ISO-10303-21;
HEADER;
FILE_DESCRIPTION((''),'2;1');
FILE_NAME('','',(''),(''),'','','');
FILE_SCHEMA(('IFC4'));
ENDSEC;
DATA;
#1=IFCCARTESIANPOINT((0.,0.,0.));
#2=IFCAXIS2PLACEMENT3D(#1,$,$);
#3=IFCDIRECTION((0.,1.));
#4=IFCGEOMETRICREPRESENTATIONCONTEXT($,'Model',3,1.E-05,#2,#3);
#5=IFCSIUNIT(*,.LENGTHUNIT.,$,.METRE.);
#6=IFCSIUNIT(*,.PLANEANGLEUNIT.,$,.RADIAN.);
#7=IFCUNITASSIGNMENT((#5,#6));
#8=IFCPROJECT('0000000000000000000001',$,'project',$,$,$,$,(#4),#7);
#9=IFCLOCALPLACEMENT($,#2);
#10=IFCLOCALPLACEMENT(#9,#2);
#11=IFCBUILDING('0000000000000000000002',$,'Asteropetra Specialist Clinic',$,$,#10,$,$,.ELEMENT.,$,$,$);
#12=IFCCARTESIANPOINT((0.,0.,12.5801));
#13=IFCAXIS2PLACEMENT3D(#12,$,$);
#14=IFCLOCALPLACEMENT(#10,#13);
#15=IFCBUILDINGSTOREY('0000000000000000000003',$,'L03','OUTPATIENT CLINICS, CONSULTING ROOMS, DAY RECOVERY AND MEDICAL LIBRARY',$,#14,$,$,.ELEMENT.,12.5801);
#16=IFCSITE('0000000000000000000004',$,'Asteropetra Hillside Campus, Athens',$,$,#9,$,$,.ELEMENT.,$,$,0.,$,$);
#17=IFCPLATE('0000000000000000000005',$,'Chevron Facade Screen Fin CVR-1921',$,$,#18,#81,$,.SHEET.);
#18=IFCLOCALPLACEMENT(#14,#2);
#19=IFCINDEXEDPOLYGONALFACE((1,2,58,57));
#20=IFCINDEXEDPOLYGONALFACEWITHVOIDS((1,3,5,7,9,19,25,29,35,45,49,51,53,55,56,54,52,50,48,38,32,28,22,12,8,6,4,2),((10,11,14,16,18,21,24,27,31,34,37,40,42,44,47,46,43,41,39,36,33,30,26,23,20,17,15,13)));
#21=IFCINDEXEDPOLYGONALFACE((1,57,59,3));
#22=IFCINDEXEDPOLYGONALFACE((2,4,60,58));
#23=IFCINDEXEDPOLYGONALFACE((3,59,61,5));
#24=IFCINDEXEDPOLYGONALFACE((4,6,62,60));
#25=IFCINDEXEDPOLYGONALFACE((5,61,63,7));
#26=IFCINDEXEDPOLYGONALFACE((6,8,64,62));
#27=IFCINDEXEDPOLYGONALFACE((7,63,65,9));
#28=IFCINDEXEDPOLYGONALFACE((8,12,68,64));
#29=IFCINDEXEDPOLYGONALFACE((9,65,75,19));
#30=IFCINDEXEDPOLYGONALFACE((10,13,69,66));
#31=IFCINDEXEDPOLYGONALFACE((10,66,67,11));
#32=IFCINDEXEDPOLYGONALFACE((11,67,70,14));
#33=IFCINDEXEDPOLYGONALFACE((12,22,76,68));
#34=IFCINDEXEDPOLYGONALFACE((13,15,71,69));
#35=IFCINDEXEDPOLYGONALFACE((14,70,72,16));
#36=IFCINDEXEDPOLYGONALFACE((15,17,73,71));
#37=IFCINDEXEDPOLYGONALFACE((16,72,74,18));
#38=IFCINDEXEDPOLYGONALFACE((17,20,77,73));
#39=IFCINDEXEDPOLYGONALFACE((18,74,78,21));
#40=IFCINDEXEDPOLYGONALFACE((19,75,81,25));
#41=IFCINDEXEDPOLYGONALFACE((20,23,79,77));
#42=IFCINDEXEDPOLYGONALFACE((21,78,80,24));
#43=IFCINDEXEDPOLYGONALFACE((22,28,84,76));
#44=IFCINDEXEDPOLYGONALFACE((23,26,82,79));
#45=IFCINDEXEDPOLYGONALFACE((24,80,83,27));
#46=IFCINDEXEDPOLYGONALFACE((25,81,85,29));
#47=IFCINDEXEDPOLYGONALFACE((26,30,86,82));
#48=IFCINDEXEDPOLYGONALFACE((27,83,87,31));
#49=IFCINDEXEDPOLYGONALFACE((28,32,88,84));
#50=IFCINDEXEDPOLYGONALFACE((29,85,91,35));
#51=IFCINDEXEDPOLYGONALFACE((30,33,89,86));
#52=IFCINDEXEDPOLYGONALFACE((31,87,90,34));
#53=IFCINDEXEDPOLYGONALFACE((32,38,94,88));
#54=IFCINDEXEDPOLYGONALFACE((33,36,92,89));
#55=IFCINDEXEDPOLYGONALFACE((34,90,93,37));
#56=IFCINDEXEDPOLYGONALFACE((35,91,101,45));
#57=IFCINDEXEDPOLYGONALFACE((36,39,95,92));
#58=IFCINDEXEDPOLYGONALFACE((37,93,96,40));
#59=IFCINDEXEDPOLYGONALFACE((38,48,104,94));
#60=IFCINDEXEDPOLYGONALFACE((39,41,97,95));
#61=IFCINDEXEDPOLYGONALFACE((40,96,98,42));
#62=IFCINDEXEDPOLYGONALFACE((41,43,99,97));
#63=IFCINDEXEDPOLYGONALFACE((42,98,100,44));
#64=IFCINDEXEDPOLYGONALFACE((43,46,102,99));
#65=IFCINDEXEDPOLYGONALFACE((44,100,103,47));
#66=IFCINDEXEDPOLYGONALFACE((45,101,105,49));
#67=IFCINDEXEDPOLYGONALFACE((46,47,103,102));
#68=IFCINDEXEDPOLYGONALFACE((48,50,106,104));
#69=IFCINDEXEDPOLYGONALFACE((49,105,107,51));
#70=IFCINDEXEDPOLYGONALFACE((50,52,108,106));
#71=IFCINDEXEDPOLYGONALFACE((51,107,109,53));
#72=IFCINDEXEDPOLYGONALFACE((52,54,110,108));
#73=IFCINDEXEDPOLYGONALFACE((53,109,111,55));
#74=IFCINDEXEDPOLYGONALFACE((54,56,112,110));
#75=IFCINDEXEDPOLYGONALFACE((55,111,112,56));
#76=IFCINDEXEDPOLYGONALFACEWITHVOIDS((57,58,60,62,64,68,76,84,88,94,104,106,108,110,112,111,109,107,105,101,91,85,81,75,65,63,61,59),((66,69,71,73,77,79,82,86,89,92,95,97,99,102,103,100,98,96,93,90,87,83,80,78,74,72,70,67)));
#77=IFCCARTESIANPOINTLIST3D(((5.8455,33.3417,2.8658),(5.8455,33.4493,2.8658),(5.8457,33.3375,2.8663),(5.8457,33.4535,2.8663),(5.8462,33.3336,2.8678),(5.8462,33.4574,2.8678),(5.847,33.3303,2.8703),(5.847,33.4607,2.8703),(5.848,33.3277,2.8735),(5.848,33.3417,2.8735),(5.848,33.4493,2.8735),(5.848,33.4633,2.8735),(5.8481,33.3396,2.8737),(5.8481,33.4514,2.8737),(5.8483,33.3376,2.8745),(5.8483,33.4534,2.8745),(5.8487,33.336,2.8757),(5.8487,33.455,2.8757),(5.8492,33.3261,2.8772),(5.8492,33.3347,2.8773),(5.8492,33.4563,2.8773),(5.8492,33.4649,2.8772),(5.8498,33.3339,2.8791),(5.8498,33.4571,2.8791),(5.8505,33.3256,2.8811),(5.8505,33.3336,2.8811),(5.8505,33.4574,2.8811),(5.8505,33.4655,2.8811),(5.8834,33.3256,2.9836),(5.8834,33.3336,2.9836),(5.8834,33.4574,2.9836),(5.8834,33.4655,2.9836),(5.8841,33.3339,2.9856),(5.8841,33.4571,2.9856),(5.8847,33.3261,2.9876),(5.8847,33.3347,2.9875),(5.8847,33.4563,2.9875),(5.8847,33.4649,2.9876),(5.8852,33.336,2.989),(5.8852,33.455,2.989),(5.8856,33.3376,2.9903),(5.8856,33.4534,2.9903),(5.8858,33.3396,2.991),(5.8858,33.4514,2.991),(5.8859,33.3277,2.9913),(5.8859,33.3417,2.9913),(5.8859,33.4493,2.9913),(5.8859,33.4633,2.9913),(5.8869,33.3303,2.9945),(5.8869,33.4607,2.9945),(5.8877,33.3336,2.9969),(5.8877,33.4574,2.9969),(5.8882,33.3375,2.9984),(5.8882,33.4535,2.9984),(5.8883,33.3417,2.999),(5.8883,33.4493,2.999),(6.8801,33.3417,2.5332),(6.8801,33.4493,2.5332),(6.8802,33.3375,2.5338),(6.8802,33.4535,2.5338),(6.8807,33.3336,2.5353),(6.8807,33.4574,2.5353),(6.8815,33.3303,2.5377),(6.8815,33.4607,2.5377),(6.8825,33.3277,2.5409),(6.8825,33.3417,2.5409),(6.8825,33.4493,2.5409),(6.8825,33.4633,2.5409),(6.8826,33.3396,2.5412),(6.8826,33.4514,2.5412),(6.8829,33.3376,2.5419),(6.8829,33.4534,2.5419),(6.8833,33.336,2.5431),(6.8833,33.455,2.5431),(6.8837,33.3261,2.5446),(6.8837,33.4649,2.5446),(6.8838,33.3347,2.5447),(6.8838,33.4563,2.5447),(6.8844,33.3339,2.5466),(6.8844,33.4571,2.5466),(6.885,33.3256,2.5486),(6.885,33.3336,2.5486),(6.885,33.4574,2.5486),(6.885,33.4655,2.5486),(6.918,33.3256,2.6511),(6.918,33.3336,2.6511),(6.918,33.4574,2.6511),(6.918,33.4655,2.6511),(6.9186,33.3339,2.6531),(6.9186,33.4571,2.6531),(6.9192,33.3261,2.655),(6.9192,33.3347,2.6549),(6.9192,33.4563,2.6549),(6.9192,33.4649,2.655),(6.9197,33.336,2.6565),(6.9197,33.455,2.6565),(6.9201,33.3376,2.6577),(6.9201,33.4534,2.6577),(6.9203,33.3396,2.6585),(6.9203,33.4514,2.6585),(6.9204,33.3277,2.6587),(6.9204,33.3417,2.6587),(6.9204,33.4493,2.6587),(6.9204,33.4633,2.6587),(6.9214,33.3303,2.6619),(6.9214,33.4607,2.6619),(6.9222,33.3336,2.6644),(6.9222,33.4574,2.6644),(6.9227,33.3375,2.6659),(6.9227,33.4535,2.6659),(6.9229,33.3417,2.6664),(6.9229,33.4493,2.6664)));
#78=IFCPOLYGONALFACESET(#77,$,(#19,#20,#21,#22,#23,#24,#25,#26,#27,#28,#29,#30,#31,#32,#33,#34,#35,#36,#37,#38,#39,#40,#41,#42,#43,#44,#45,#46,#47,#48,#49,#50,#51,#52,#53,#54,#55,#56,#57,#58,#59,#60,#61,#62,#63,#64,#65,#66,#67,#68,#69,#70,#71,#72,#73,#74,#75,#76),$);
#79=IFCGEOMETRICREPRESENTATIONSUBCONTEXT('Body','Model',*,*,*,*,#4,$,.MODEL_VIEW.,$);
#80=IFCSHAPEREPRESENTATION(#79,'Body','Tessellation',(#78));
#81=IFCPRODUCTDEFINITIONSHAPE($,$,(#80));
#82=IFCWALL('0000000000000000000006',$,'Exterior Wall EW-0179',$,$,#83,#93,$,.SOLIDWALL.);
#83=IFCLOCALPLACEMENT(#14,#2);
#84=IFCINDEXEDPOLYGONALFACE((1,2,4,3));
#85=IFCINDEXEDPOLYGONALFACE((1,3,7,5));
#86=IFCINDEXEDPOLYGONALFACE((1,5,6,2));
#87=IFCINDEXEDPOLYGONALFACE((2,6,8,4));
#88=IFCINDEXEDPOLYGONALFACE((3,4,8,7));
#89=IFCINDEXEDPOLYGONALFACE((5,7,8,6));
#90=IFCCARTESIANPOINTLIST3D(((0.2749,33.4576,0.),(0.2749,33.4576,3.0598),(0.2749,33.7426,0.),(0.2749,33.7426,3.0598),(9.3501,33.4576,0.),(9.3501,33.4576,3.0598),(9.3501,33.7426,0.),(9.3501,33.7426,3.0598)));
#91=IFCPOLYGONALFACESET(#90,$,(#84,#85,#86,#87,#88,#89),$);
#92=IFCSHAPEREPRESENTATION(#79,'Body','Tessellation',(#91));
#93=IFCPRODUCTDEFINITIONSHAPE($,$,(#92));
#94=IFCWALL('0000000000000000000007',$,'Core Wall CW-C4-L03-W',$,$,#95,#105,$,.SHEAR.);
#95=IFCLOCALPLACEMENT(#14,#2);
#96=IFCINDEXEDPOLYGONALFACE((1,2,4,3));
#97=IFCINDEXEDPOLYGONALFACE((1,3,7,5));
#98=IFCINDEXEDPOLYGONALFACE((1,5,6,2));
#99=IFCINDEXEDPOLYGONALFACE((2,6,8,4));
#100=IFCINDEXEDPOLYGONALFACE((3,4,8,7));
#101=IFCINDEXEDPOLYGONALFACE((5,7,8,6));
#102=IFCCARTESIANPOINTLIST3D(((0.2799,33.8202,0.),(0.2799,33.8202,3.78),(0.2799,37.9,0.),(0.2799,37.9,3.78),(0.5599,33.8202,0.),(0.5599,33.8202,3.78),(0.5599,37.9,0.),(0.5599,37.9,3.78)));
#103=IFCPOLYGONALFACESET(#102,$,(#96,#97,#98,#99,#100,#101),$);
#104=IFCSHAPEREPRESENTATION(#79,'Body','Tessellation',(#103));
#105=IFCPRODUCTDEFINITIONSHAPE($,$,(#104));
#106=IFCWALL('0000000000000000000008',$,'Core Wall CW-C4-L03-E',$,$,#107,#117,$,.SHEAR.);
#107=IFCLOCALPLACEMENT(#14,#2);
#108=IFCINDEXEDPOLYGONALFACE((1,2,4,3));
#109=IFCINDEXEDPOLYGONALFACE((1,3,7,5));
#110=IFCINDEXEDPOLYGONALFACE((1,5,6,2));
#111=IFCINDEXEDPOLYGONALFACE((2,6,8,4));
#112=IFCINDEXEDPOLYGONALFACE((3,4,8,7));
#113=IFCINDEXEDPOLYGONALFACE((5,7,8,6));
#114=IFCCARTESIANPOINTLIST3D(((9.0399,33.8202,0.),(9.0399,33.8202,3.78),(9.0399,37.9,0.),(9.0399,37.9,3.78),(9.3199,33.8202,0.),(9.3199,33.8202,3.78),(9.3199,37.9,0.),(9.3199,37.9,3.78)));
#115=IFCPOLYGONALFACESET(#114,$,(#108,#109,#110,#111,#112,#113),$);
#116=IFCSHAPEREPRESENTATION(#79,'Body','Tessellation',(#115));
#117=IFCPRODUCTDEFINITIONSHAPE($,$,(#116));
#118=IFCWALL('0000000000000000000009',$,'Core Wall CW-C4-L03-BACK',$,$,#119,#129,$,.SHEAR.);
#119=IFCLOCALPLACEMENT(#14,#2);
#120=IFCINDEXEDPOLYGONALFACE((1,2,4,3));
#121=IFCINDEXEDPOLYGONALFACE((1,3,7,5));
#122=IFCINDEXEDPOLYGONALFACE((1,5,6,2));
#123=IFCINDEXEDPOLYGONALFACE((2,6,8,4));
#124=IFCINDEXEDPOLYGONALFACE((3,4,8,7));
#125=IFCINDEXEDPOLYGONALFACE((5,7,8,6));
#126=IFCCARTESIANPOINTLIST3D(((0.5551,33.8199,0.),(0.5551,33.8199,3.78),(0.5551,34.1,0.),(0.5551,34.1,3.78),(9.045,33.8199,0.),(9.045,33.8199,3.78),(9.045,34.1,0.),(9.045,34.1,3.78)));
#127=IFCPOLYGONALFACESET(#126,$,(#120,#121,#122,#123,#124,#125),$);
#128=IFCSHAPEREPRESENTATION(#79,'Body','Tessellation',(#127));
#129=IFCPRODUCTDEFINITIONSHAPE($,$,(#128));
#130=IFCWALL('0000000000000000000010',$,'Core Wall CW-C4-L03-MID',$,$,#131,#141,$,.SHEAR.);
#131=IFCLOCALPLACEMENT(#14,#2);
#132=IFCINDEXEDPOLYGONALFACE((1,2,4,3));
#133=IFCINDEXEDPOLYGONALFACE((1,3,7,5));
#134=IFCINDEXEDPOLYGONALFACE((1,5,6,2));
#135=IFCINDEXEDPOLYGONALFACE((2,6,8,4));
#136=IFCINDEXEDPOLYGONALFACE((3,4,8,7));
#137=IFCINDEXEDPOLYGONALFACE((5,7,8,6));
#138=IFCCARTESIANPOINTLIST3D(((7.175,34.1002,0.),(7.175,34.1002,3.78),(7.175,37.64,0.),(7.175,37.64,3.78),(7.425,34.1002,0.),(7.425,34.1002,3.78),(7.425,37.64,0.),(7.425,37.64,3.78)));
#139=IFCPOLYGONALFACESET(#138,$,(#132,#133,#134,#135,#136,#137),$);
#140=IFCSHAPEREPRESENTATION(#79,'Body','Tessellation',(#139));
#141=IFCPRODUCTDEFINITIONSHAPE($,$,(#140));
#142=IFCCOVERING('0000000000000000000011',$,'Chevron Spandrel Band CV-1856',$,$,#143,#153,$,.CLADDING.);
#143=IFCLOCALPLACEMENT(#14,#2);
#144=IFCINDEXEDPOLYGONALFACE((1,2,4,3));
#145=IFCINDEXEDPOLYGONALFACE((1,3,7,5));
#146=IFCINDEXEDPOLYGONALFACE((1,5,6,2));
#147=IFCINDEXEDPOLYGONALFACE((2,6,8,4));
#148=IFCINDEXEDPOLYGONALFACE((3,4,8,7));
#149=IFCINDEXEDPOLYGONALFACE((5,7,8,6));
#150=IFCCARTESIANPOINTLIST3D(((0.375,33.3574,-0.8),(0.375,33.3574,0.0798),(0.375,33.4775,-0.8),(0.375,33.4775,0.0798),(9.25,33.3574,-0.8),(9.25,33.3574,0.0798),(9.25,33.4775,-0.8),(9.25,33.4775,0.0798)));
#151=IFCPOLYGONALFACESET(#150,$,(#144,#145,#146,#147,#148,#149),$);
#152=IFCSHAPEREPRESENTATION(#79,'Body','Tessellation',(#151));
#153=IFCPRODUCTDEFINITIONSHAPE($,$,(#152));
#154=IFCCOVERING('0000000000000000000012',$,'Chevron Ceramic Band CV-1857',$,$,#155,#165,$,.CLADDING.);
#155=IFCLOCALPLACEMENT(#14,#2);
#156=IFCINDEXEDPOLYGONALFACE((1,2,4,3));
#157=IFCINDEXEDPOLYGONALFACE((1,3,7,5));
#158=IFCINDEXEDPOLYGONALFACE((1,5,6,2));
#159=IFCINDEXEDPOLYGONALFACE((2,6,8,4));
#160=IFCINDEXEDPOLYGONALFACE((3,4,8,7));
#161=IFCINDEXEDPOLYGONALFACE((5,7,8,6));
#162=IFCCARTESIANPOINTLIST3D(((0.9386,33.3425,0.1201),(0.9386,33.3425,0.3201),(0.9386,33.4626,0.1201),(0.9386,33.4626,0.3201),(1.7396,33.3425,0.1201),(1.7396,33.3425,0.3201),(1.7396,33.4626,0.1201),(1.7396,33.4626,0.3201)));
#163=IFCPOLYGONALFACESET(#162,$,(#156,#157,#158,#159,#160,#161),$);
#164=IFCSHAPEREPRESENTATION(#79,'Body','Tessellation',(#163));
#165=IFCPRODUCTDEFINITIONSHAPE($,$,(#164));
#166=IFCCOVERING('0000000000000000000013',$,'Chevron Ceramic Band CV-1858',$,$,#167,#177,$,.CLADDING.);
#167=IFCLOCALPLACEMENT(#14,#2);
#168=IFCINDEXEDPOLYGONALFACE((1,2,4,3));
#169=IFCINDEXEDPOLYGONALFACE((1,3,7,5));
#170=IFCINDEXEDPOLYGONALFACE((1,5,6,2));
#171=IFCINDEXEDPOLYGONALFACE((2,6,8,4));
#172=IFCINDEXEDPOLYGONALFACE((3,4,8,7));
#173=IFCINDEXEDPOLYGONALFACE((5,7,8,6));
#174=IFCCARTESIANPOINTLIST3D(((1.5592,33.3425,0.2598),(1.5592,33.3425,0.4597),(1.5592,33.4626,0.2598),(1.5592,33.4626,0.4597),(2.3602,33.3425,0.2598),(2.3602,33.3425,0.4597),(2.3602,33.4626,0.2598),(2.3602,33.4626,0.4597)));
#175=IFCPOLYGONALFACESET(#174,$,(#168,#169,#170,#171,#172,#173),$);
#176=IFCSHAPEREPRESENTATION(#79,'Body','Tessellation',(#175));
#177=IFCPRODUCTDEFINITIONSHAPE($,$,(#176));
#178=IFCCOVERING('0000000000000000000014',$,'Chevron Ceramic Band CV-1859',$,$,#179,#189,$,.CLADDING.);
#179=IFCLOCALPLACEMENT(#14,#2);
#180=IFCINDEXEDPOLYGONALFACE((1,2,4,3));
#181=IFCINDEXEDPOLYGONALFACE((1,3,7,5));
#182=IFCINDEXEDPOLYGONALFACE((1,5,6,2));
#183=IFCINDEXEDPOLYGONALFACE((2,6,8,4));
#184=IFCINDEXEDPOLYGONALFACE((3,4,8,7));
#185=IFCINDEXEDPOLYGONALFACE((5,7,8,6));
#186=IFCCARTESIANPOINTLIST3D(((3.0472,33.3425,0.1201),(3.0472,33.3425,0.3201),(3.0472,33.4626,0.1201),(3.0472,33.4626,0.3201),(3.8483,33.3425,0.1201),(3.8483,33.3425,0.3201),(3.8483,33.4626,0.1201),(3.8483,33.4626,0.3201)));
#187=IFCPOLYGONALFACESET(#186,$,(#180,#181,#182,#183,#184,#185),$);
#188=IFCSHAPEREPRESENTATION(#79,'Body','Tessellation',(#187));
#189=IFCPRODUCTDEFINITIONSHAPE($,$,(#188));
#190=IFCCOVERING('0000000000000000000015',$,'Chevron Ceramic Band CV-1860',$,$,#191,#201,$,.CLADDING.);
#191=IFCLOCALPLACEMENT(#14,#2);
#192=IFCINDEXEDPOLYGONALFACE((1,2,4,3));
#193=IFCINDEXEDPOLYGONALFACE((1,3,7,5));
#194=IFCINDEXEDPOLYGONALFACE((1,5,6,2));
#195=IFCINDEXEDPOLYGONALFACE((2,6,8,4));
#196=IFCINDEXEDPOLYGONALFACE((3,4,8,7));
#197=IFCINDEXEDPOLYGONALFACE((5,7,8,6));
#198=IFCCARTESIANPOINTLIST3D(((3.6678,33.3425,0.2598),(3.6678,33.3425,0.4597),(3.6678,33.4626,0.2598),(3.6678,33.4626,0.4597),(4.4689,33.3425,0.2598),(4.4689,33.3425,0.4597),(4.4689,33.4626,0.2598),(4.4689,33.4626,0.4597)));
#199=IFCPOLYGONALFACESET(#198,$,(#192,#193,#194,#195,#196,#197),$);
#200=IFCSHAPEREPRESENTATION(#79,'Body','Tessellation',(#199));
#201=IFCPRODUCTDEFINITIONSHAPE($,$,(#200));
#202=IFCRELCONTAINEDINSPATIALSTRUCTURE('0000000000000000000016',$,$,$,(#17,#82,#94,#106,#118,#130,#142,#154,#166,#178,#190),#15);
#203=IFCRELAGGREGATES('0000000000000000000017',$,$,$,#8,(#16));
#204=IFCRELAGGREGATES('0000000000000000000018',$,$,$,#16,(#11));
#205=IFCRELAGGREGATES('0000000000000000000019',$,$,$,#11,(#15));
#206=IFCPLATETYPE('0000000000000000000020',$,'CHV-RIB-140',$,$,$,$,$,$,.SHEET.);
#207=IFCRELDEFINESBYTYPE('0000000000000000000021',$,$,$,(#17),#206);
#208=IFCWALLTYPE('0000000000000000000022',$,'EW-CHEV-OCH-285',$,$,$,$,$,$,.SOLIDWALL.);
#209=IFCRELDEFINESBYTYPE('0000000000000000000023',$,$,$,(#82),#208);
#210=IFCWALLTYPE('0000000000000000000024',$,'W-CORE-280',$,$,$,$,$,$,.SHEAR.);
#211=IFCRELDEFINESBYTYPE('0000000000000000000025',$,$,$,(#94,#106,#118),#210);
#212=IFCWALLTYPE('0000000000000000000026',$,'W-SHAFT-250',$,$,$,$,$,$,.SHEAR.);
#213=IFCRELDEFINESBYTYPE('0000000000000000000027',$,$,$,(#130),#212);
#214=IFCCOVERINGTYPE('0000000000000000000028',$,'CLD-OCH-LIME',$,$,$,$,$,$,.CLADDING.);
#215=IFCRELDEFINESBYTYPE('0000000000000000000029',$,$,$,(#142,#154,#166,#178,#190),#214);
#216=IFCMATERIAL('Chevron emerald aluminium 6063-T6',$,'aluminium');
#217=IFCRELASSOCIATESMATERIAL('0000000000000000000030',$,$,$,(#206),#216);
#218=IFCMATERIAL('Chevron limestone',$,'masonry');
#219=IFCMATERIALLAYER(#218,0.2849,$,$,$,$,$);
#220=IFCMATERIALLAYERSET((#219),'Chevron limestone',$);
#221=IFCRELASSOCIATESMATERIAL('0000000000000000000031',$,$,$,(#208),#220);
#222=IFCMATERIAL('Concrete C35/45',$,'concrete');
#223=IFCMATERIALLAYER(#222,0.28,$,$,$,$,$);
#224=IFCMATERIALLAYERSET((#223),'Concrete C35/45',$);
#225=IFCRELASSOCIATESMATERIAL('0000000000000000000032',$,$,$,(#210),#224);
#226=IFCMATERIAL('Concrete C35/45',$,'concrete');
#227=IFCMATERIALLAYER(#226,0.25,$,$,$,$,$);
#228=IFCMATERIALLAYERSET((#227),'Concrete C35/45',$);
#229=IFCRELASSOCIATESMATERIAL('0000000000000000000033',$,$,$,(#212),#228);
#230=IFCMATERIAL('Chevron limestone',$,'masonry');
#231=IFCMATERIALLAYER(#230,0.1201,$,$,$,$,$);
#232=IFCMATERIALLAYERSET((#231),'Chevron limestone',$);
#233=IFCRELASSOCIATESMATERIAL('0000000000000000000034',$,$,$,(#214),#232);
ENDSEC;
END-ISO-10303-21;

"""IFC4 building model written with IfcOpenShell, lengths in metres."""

from ifc_helpers import new_model, si_unit, direction, frame, frame_2d, origin, origin_2d, place, context, subcontext, project, spatial, rectangle, hollow_rectangle, extrude, material, layer, layer_set, material_profile, profile_set, type_object, element, save


model = new_model("IFC4")

# Units and contexts
model_context = context("Model", 3, precision=1e-05, world=origin(), true_north=direction((0.0, 1.0)))
body_context = subcontext(model_context, "Body", "Model", "MODEL_VIEW")
ifc_project = project(units=[si_unit("LENGTHUNIT", "METRE"), si_unit("PLANEANGLEUNIT", "RADIAN")], contexts=[model_context])

# Site, building, storey
site_placement = place(None, origin())
site = spatial("IfcSite", under=ifc_project, at=site_placement, Name="Asteropetra Hillside Campus, Athens", CompositionType="ELEMENT", RefElevation=0.0)
building_placement = place(site_placement, origin())
building = spatial("IfcBuilding", under=site, at=building_placement, Name="Asteropetra Specialist Clinic", CompositionType="ELEMENT")
storey_placement = place(building_placement, frame((0.0, 0.0, 12.5801)))
storey = spatial("IfcBuildingStorey", under=building, at=storey_placement, Name="L03", Description="OUTPATIENT CLINICS, CONSULTING ROOMS, DAY RECOVERY AND MEDICAL LIBRARY", CompositionType="ELEMENT", Elevation=12.5801)

# Plate
ifc_material_1 = material(Name="Chevron emerald aluminium 6063-T6", Category="aluminium")
ifc_material_profile_1 = material_profile(ifc_material_1, hollow_rectangle(XDim=0.1399, YDim=0.1399, WallThickness=0.0081, InnerFilletRadius=0.0081, OuterFilletRadius=0.0161, at=origin_2d()), Name="SHS 140x140x8.0")
ifc_profile_set_1 = profile_set([ifc_material_profile_1], Name="Chevron emerald aluminium 6063-T6")
plate_type = type_object("IfcPlateType", Name="CHV-RIB-140", PredefinedType="SHEET", material=ifc_profile_set_1)
for number, where, z_axis, x_axis, name in (
    (1, (5.8669, 33.3955, 2.9324), (0.952022, 0.0, -0.306031), (0.0, 1.0, 0.0), "Chevron Facade Screen Fin CVR-1921"),
):
    element("IfcPlate", number, at=place(storey_placement, frame(where, z_axis=z_axis, x_axis=x_axis)), inside=storey, type_object=plate_type, Name=name, PredefinedType="SHEET", context=body_context, shape_type="SweptSolid", body=[
        extrude(hollow_rectangle(XDim=0.1399, YDim=0.1399, WallThickness=0.0081, InnerFilletRadius=0.0081, OuterFilletRadius=0.0161, at=origin_2d()), origin(), (0.0, 0.0, 1.0), 1.0867),
    ])

# Walls
ifc_material_2 = material(Name="Chevron limestone", Category="masonry")
ifc_layer_1 = layer(ifc_material_2, 0.2849)
ifc_layer_set_1 = layer_set([ifc_layer_1], Name="Chevron limestone")
wall_type_1 = type_object("IfcWallType", Name="EW-CHEV-OCH-285", PredefinedType="SOLIDWALL", material=ifc_layer_set_1)
wall_1_placement = place(storey_placement, frame((0.2749, 33.6001, 0.0), z_axis=(0.0, 0.0, 1.0), x_axis=(1.0, 0.0, 0.0)))
element("IfcWall", 2, at=wall_1_placement, inside=storey, type_object=wall_type_1, Name="Exterior Wall EW-0179", PredefinedType="SOLIDWALL", context=body_context, shape_type="SweptSolid", body=[
    extrude(rectangle(XDim=9.0752, YDim=0.2849, at=frame_2d((4.5376, 0.0))), origin(), (0.0, 0.0, 1.0), 3.0598),
])
ifc_material_3 = material(Name="Concrete C35/45", Category="concrete")
ifc_layer_2 = layer(ifc_material_3, 0.28)
ifc_layer_set_2 = layer_set([ifc_layer_2], Name="Concrete C35/45")
wall_type_2 = type_object("IfcWallType", Name="W-CORE-280", PredefinedType="SHEAR", material=ifc_layer_set_2)
for number, where, z_axis, x_axis, name in (
    (3, (0.4199, 33.8201, 0.0), (0.0, 0.0, 1.0), (0.0, 1.0, 0.0), "Core Wall CW-C4-L03-W"),
    (4, (9.1799, 33.8201, 0.0), (0.0, 0.0, 1.0), (0.0, 1.0, 0.0), "Core Wall CW-C4-L03-E"),
):
    element("IfcWall", number, at=place(storey_placement, frame(where, z_axis=z_axis, x_axis=x_axis)), inside=storey, type_object=wall_type_2, Name=name, PredefinedType="SHEAR", context=body_context, shape_type="SweptSolid", body=[
        extrude(rectangle(XDim=4.0798, YDim=0.28, at=frame_2d((2.04, 0.0))), origin(), (0.0, 0.0, 1.0), 3.78),
    ])
wall_2_placement = place(storey_placement, frame((0.5549, 33.96, 0.0), z_axis=(0.0, 0.0, 1.0), x_axis=(1.0, 0.0, 0.0)))
element("IfcWall", 5, at=wall_2_placement, inside=storey, type_object=wall_type_2, Name="Core Wall CW-C4-L03-BACK", PredefinedType="SHEAR", context=body_context, shape_type="SweptSolid", body=[
    extrude(rectangle(XDim=8.49, YDim=0.28, at=frame_2d((4.2451, 0.0))), origin(), (0.0, 0.0, 1.0), 3.78),
])
ifc_material_4 = material(Name="Concrete C35/45", Category="concrete")
ifc_layer_3 = layer(ifc_material_4, 0.25)
ifc_layer_set_3 = layer_set([ifc_layer_3], Name="Concrete C35/45")
wall_type_3 = type_object("IfcWallType", Name="W-SHAFT-250", PredefinedType="SHEAR", material=ifc_layer_set_3)
wall_3_placement = place(storey_placement, frame((7.3, 34.1001, 0.0), z_axis=(0.0, 0.0, 1.0), x_axis=(0.0, 1.0, 0.0)))
element("IfcWall", 6, at=wall_3_placement, inside=storey, type_object=wall_type_3, Name="Core Wall CW-C4-L03-MID", PredefinedType="SHEAR", context=body_context, shape_type="SweptSolid", body=[
    extrude(rectangle(XDim=3.5398, YDim=0.25, at=frame_2d((1.77, 0.0))), origin(), (0.0, 0.0, 1.0), 3.78),
])

# Coverings
ifc_material_5 = material(Name="Chevron limestone", Category="masonry")
ifc_layer_4 = layer(ifc_material_5, 0.1201)
ifc_layer_set_4 = layer_set([ifc_layer_4], Name="Chevron limestone")
covering_type_1 = type_object("IfcCoveringType", Name="CLD-OCH-LIME", PredefinedType="CLADDING", material=ifc_layer_set_4)
covering_1_placement = place(storey_placement, frame((4.8125, 33.4175, -0.8), z_axis=(0.0, 0.0, 1.0), x_axis=(1.0, 0.0, 0.0)))
element("IfcCovering", 7, at=covering_1_placement, inside=storey, type_object=covering_type_1, Name="Chevron Spandrel Band CV-1856", PredefinedType="CLADDING", context=body_context, shape_type="SweptSolid", body=[
    extrude(rectangle(XDim=8.875, YDim=0.1201, at=origin_2d()), origin(), (0.0, 0.0, 1.0), 0.8799),
])
for number, where, z_axis, x_axis, name in (
    (8, (1.3391, 33.4026, 0.1201), (0.0, 0.0, 1.0), (1.0, 0.0, 0.0), "Chevron Ceramic Band CV-1857"),
    (9, (1.9597, 33.4026, 0.2598), (0.0, 0.0, 1.0), (1.0, 0.0, 0.0), "Chevron Ceramic Band CV-1858"),
    (10, (3.4478, 33.4026, 0.1201), (0.0, 0.0, 1.0), (1.0, 0.0, 0.0), "Chevron Ceramic Band CV-1859"),
    (11, (4.0684, 33.4026, 0.2598), (0.0, 0.0, 1.0), (1.0, 0.0, 0.0), "Chevron Ceramic Band CV-1860"),
):
    element("IfcCovering", number, at=place(storey_placement, frame(where, z_axis=z_axis, x_axis=x_axis)), inside=storey, type_object=covering_type_1, Name=name, PredefinedType="CLADDING", context=body_context, shape_type="SweptSolid", body=[
        extrude(rectangle(XDim=0.801, YDim=0.1201, at=origin_2d()), origin(), (0.0, 0.0, 1.0), 0.2),
    ])

save(model, "model.ifc")
